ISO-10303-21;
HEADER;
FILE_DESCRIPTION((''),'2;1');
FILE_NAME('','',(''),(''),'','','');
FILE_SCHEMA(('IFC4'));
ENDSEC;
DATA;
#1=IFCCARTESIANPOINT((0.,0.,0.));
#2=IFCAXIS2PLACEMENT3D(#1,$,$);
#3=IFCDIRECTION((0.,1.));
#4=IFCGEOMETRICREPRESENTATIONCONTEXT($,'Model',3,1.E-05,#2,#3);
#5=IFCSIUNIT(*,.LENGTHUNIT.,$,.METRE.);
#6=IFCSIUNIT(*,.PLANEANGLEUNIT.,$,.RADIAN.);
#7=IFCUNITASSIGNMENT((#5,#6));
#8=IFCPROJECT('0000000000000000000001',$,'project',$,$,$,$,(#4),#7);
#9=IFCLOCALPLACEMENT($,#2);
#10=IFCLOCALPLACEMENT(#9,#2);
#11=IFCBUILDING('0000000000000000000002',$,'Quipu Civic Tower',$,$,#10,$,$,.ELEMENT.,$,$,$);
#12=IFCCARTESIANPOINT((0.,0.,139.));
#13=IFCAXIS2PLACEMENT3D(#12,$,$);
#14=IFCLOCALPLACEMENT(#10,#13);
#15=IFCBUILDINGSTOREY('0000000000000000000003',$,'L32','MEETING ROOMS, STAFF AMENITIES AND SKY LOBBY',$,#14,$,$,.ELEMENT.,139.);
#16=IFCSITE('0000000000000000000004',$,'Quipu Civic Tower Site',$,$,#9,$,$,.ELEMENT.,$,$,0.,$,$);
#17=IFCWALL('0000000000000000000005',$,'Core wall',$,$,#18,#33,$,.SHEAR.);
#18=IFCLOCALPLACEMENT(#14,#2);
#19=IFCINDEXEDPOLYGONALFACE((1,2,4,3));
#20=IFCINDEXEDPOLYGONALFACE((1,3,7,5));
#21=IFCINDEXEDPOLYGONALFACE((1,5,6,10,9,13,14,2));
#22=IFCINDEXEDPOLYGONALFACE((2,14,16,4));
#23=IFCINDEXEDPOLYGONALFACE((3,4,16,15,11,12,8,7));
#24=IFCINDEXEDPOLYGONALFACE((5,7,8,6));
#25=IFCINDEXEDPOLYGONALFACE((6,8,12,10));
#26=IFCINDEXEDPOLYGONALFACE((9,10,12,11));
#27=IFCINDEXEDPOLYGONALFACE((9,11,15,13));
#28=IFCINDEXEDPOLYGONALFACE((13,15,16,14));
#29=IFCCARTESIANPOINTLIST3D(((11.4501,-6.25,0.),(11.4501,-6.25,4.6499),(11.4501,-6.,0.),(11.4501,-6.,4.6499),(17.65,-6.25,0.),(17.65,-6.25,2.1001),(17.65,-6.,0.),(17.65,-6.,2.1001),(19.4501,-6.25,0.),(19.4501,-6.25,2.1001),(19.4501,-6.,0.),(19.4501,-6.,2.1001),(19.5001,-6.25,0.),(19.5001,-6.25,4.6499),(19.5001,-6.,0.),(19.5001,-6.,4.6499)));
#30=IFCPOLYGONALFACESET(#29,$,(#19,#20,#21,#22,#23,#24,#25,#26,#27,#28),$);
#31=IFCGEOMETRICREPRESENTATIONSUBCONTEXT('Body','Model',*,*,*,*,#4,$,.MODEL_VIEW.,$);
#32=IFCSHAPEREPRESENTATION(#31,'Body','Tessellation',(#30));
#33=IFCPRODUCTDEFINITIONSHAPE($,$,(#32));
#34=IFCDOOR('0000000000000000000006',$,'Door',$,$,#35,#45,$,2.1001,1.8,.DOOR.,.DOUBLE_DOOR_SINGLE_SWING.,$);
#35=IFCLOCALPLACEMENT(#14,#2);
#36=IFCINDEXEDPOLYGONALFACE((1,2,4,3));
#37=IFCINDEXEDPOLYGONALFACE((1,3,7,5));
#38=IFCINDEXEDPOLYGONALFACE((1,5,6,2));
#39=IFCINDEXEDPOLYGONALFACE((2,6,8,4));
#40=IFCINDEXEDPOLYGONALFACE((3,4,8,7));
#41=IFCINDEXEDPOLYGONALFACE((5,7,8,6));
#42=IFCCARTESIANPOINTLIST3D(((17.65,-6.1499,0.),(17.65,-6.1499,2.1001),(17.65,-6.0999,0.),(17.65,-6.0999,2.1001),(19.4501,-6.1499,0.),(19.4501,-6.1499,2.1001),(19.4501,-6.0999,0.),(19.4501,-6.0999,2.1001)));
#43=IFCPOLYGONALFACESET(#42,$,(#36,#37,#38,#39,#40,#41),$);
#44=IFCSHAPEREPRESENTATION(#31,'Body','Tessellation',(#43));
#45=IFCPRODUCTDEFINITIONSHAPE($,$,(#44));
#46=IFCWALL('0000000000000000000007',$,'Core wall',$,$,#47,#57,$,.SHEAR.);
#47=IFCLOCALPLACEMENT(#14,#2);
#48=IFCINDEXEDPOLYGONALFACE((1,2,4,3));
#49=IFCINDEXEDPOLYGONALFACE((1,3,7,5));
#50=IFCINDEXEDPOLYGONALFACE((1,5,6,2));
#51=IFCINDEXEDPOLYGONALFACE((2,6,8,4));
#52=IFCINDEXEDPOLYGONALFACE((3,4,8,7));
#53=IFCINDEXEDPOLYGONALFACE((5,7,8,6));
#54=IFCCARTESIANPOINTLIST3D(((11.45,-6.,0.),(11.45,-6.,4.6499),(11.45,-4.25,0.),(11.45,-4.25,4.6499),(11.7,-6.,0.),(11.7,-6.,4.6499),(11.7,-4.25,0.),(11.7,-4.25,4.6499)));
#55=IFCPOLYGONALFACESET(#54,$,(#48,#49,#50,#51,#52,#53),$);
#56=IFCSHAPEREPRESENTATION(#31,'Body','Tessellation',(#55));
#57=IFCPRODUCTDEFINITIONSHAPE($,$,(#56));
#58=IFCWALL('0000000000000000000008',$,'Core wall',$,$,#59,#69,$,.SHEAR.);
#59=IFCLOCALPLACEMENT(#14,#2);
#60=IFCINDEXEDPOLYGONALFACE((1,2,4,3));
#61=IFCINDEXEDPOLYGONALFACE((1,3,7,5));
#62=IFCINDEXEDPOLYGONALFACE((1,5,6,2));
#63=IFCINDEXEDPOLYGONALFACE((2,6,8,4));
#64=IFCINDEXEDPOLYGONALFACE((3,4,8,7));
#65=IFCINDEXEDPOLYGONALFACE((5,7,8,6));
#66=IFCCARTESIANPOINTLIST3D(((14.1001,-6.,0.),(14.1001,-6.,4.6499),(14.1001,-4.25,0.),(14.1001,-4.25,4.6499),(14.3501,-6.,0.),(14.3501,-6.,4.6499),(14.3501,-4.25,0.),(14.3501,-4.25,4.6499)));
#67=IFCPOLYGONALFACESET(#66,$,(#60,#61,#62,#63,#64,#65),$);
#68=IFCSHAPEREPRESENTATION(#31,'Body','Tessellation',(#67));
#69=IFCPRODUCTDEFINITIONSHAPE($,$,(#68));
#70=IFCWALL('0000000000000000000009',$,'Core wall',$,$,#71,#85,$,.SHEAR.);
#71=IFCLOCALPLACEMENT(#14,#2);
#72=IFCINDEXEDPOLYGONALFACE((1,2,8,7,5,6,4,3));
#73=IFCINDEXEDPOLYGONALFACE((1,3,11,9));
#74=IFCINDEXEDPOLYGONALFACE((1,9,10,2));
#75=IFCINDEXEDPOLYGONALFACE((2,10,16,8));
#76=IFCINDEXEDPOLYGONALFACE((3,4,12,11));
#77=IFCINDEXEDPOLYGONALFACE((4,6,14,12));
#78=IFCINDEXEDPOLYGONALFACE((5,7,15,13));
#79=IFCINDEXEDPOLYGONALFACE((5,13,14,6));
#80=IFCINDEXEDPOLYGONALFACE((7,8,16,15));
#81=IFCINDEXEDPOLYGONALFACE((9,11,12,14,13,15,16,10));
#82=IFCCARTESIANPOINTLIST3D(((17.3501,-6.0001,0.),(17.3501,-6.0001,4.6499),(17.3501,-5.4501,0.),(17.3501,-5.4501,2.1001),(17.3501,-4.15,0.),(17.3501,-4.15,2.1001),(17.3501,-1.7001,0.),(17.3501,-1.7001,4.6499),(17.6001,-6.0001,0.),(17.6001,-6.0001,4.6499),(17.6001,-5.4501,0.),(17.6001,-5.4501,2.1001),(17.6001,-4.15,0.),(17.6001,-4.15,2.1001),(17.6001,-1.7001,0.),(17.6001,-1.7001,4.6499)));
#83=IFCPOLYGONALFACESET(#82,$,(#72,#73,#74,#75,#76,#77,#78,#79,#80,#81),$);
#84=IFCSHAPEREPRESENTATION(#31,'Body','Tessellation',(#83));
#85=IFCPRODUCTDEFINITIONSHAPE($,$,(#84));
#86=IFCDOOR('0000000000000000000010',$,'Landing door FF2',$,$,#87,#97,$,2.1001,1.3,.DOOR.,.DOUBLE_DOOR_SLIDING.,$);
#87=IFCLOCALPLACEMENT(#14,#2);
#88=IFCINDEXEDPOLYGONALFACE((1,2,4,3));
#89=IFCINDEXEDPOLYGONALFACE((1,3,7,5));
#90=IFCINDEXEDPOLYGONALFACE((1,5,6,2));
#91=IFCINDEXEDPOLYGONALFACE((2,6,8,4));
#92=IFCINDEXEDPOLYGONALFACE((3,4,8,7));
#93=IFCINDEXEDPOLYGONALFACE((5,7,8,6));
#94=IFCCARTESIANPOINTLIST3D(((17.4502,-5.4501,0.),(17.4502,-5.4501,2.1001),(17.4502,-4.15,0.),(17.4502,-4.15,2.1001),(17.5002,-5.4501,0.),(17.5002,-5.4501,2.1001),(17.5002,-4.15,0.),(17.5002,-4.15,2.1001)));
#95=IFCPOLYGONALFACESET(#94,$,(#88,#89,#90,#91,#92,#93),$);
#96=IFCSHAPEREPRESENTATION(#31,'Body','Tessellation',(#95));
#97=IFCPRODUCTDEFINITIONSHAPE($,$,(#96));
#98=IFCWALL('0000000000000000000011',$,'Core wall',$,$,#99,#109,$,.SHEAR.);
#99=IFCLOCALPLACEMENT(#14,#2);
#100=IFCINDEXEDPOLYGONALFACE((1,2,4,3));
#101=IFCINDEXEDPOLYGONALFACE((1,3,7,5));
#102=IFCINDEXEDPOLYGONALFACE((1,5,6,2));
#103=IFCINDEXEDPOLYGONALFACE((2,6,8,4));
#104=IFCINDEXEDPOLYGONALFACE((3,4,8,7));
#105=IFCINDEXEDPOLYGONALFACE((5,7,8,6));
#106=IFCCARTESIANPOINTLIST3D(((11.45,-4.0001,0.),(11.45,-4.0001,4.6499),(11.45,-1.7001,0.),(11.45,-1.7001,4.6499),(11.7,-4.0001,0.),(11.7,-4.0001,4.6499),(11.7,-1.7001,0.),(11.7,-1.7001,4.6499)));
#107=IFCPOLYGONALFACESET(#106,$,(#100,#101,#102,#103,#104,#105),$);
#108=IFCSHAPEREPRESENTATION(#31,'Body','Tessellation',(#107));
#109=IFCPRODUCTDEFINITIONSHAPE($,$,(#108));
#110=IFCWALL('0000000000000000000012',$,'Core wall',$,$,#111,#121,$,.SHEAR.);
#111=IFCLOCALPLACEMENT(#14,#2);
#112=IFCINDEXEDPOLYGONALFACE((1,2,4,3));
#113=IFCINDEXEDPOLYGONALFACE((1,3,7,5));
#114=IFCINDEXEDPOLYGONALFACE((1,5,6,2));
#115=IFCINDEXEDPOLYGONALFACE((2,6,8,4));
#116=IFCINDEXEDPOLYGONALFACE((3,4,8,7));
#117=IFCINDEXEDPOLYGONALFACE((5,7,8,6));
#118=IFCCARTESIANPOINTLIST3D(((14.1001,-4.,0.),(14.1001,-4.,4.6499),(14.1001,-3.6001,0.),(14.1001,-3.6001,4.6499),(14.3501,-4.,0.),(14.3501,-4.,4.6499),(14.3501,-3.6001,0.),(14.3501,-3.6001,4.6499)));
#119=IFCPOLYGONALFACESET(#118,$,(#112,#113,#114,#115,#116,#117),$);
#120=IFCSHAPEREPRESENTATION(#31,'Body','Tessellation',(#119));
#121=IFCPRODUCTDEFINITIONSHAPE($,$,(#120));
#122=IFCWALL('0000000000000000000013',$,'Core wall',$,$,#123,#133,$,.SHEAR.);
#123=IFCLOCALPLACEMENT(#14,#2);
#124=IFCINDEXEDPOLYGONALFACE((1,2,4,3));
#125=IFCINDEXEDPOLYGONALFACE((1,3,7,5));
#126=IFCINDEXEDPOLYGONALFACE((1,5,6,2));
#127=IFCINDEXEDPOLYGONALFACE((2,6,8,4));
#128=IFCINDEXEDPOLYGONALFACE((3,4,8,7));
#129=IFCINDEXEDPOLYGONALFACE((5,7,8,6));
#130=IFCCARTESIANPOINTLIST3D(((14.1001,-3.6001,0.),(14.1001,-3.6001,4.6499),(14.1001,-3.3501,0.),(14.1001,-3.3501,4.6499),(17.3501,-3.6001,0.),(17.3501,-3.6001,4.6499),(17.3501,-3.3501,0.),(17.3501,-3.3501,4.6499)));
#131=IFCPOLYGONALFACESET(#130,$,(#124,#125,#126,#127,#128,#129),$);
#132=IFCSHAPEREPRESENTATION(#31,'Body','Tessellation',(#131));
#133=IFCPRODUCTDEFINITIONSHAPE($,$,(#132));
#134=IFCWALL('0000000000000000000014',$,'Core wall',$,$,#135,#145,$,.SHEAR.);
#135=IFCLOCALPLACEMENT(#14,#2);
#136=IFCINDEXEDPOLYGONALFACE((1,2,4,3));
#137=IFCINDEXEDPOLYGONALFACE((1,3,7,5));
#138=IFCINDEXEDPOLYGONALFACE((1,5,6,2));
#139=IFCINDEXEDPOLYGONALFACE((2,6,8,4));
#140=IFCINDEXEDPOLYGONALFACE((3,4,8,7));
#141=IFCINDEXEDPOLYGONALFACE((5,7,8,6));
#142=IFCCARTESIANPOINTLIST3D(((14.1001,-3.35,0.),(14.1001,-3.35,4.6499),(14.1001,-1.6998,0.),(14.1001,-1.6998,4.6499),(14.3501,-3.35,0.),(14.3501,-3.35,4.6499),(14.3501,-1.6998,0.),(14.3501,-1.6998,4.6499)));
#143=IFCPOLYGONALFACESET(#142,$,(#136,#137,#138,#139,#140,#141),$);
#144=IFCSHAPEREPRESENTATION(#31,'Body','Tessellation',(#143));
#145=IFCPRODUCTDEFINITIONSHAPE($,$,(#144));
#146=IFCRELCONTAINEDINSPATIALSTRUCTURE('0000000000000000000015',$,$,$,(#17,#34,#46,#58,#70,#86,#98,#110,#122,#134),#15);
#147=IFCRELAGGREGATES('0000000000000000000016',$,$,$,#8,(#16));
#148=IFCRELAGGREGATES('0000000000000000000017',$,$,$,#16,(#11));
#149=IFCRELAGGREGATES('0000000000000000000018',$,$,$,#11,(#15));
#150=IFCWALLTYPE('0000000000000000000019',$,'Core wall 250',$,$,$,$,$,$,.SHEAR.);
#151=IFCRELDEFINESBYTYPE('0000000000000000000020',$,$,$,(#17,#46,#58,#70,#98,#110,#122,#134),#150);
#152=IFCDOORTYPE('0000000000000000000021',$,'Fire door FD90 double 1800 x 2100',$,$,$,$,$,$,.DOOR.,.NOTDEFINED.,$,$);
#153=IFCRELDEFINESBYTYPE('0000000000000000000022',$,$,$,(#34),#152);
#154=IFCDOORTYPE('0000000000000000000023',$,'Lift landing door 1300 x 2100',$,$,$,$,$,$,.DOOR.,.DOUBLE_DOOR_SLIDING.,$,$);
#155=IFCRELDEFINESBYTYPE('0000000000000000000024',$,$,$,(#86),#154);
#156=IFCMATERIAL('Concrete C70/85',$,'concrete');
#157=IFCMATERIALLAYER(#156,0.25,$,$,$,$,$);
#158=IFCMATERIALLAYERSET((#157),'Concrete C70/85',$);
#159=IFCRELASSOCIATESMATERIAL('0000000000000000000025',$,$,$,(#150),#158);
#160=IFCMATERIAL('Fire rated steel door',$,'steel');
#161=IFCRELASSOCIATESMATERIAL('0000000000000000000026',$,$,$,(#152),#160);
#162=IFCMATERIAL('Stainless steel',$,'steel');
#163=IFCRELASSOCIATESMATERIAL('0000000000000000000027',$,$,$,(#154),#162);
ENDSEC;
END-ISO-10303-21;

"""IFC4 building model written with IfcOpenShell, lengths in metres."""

from ifc_helpers import new_model, si_unit, direction, frame, frame_2d, origin, place, context, subcontext, project, spatial, rectangle, extrude, material, layer, layer_set, type_object, element, fill, save


model = new_model("IFC4")

# Units and contexts
model_context = context("Model", 3, precision=1e-05, world=origin(), true_north=direction((0.0, 1.0)))
body_context = subcontext(model_context, "Body", "Model", "MODEL_VIEW")
ifc_project = project(units=[si_unit("LENGTHUNIT", "METRE"), si_unit("PLANEANGLEUNIT", "RADIAN")], contexts=[model_context])

# Site, building, storey
site_placement = place(None, origin())
site = spatial("IfcSite", under=ifc_project, at=site_placement, Name="Quipu Civic Tower Site", CompositionType="ELEMENT", RefElevation=0.0)
building_placement = place(site_placement, origin())
building = spatial("IfcBuilding", under=site, at=building_placement, Name="Quipu Civic Tower", CompositionType="ELEMENT")
storey_placement = place(building_placement, frame((0.0, 0.0, 139.0)))
storey = spatial("IfcBuildingStorey", under=building, at=storey_placement, Name="L32", Description="MEETING ROOMS, STAFF AMENITIES AND SKY LOBBY", CompositionType="ELEMENT", Elevation=139.0)

# Wall, opening, door
ifc_material_1 = material(Name="Concrete C70/85", Category="concrete")
ifc_layer_1 = layer(ifc_material_1, 0.25)
ifc_layer_set_1 = layer_set([ifc_layer_1], Name="Concrete C70/85")
wall_type_1 = type_object("IfcWallType", Name="Core wall 250", PredefinedType="SHEAR", material=ifc_layer_set_1)
wall_1_placement = place(storey_placement, frame((19.5, -6.125, 0.0), z_axis=(0.0, 0.0, 1.0), x_axis=(-1.0, 0.0, 0.0)))
wall_1 = element("IfcWall", 1, at=wall_1_placement, inside=storey, type_object=wall_type_1, Name="Core wall", PredefinedType="SHEAR", context=body_context, shape_type="SweptSolid", body=[
    extrude(rectangle(XDim=8.05, YDim=0.25, at=frame_2d((4.0249, 0.0))), origin(), (0.0, 0.0, 1.0), 4.6499),
])
opening_1_placement = place(wall_1_placement, frame((0.05, 0.0, 0.0)))
opening_1 = element("IfcOpeningElement", 2, at=opening_1_placement, cuts=wall_1, PredefinedType="OPENING", context=body_context, shape_type="SweptSolid", body=[
    extrude(rectangle(XDim=1.8, YDim=2.1001, at=frame_2d((0.8999, 1.05))), frame((0.0, 0.135, 0.0), z_axis=(0.0, -1.0, 0.0), x_axis=(1.0, 0.0, 0.0)), (0.0, 0.0, 1.0), 0.27),
])
ifc_material_2 = material(Name="Fire rated steel door", Category="steel")
door_type_1 = type_object("IfcDoorType", Name="Fire door FD90 double 1800 x 2100", OperationType="NOTDEFINED", PredefinedType="DOOR", material=ifc_material_2)
door_1_placement = place(opening_1_placement, origin())
door_1 = element("IfcDoor", 3, at=door_1_placement, inside=storey, type_object=door_type_1, Name="Door", OperationType="DOUBLE_DOOR_SINGLE_SWING", OverallHeight=2.1001, OverallWidth=1.8, PredefinedType="DOOR", context=body_context, shape_type="SweptSolid", body=[
    extrude(rectangle(XDim=1.8, YDim=2.1001, at=frame_2d((0.8999, 1.05))), frame((0.0, 0.0249, 0.0), z_axis=(0.0, -1.0, 0.0), x_axis=(1.0, 0.0, 0.0)), (0.0, 0.0, 1.0), 0.05),
])
fill(opening_1, door_1)

# Walls
for number, where, z_axis, x_axis, name in (
    (4, (11.575, -6.0, 0.0), (0.0, 0.0, 1.0), (0.0, 1.0, 0.0), "Core wall"),
    (5, (14.2251, -6.0, 0.0), (0.0, 0.0, 1.0), (0.0, 1.0, 0.0), "Core wall"),
):
    element("IfcWall", number, at=place(storey_placement, frame(where, z_axis=z_axis, x_axis=x_axis)), inside=storey, type_object=wall_type_1, Name=name, PredefinedType="SHEAR", context=body_context, shape_type="SweptSolid", body=[
        extrude(rectangle(XDim=1.75, YDim=0.25, at=frame_2d((0.875, 0.0))), origin(), (0.0, 0.0, 1.0), 4.6499),
    ])

# Wall, opening, door
wall_2_placement = place(storey_placement, frame((17.4751, -6.0, 0.0), z_axis=(0.0, 0.0, 1.0), x_axis=(0.0, 1.0, 0.0)))
wall_2 = element("IfcWall", 6, at=wall_2_placement, inside=storey, type_object=wall_type_1, Name="Core wall", PredefinedType="SHEAR", context=body_context, shape_type="SweptSolid", body=[
    extrude(rectangle(XDim=4.3, YDim=0.25, at=frame_2d((2.1499, 0.0))), origin(), (0.0, 0.0, 1.0), 4.6499),
])
opening_2_placement = place(wall_2_placement, frame((0.55, 0.0, 0.0)))
opening_2 = element("IfcOpeningElement", 7, at=opening_2_placement, cuts=wall_2, PredefinedType="OPENING", context=body_context, shape_type="SweptSolid", body=[
    extrude(rectangle(XDim=1.3, YDim=2.1001, at=frame_2d((0.6499, 1.05))), frame((0.0, 0.135, 0.0), z_axis=(0.0, -1.0, 0.0), x_axis=(1.0, 0.0, 0.0)), (0.0, 0.0, 1.0), 0.27),
])
ifc_material_3 = material(Name="Stainless steel", Category="steel")
door_type_2 = type_object("IfcDoorType", Name="Lift landing door 1300 x 2100", OperationType="DOUBLE_DOOR_SLIDING", PredefinedType="DOOR", material=ifc_material_3)
door_2_placement = place(opening_2_placement, origin())
door_2 = element("IfcDoor", 8, at=door_2_placement, inside=storey, type_object=door_type_2, Name="Landing door FF2", OperationType="DOUBLE_DOOR_SLIDING", OverallHeight=2.1001, OverallWidth=1.3, PredefinedType="DOOR", context=body_context, shape_type="SweptSolid", body=[
    extrude(rectangle(XDim=1.3, YDim=2.1001, at=frame_2d((0.6499, 1.05))), frame((0.0, 0.0249, 0.0), z_axis=(0.0, -1.0, 0.0), x_axis=(1.0, 0.0, 0.0)), (0.0, 0.0, 1.0), 0.05),
])
fill(opening_2, door_2)

# Walls
wall_3_placement = place(storey_placement, frame((11.575, -4.0, 0.0), z_axis=(0.0, 0.0, 1.0), x_axis=(0.0, 1.0, 0.0)))
element("IfcWall", 9, at=wall_3_placement, inside=storey, type_object=wall_type_1, Name="Core wall", PredefinedType="SHEAR", context=body_context, shape_type="SweptSolid", body=[
    extrude(rectangle(XDim=2.3, YDim=0.25, at=frame_2d((1.1499, 0.0))), origin(), (0.0, 0.0, 1.0), 4.6499),
])
wall_4_placement = place(storey_placement, frame((14.2251, -4.0, 0.0), z_axis=(0.0, 0.0, 1.0), x_axis=(0.0, 1.0, 0.0)))
element("IfcWall", 10, at=wall_4_placement, inside=storey, type_object=wall_type_1, Name="Core wall", PredefinedType="SHEAR", context=body_context, shape_type="SweptSolid", body=[
    extrude(rectangle(XDim=0.3999, YDim=0.25, at=frame_2d((0.2, 0.0))), origin(), (0.0, 0.0, 1.0), 4.6499),
])
wall_5_placement = place(storey_placement, frame((14.1001, -3.4751, 0.0), z_axis=(0.0, 0.0, 1.0), x_axis=(1.0, 0.0, 0.0)))
element("IfcWall", 11, at=wall_5_placement, inside=storey, type_object=wall_type_1, Name="Core wall", PredefinedType="SHEAR", context=body_context, shape_type="SweptSolid", body=[
    extrude(rectangle(XDim=3.25, YDim=0.25, at=frame_2d((1.625, 0.0))), origin(), (0.0, 0.0, 1.0), 4.6499),
])
wall_6_placement = place(storey_placement, frame((14.2251, -3.3501, 0.0), z_axis=(0.0, 0.0, 1.0), x_axis=(0.0, 1.0, 0.0)))
element("IfcWall", 12, at=wall_6_placement, inside=storey, type_object=wall_type_1, Name="Core wall", PredefinedType="SHEAR", context=body_context, shape_type="SweptSolid", body=[
    extrude(rectangle(XDim=1.6501, YDim=0.25, at=frame_2d((0.8252, 0.0))), origin(), (0.0, 0.0, 1.0), 4.6499),
])

save(model, "model.ifc")
